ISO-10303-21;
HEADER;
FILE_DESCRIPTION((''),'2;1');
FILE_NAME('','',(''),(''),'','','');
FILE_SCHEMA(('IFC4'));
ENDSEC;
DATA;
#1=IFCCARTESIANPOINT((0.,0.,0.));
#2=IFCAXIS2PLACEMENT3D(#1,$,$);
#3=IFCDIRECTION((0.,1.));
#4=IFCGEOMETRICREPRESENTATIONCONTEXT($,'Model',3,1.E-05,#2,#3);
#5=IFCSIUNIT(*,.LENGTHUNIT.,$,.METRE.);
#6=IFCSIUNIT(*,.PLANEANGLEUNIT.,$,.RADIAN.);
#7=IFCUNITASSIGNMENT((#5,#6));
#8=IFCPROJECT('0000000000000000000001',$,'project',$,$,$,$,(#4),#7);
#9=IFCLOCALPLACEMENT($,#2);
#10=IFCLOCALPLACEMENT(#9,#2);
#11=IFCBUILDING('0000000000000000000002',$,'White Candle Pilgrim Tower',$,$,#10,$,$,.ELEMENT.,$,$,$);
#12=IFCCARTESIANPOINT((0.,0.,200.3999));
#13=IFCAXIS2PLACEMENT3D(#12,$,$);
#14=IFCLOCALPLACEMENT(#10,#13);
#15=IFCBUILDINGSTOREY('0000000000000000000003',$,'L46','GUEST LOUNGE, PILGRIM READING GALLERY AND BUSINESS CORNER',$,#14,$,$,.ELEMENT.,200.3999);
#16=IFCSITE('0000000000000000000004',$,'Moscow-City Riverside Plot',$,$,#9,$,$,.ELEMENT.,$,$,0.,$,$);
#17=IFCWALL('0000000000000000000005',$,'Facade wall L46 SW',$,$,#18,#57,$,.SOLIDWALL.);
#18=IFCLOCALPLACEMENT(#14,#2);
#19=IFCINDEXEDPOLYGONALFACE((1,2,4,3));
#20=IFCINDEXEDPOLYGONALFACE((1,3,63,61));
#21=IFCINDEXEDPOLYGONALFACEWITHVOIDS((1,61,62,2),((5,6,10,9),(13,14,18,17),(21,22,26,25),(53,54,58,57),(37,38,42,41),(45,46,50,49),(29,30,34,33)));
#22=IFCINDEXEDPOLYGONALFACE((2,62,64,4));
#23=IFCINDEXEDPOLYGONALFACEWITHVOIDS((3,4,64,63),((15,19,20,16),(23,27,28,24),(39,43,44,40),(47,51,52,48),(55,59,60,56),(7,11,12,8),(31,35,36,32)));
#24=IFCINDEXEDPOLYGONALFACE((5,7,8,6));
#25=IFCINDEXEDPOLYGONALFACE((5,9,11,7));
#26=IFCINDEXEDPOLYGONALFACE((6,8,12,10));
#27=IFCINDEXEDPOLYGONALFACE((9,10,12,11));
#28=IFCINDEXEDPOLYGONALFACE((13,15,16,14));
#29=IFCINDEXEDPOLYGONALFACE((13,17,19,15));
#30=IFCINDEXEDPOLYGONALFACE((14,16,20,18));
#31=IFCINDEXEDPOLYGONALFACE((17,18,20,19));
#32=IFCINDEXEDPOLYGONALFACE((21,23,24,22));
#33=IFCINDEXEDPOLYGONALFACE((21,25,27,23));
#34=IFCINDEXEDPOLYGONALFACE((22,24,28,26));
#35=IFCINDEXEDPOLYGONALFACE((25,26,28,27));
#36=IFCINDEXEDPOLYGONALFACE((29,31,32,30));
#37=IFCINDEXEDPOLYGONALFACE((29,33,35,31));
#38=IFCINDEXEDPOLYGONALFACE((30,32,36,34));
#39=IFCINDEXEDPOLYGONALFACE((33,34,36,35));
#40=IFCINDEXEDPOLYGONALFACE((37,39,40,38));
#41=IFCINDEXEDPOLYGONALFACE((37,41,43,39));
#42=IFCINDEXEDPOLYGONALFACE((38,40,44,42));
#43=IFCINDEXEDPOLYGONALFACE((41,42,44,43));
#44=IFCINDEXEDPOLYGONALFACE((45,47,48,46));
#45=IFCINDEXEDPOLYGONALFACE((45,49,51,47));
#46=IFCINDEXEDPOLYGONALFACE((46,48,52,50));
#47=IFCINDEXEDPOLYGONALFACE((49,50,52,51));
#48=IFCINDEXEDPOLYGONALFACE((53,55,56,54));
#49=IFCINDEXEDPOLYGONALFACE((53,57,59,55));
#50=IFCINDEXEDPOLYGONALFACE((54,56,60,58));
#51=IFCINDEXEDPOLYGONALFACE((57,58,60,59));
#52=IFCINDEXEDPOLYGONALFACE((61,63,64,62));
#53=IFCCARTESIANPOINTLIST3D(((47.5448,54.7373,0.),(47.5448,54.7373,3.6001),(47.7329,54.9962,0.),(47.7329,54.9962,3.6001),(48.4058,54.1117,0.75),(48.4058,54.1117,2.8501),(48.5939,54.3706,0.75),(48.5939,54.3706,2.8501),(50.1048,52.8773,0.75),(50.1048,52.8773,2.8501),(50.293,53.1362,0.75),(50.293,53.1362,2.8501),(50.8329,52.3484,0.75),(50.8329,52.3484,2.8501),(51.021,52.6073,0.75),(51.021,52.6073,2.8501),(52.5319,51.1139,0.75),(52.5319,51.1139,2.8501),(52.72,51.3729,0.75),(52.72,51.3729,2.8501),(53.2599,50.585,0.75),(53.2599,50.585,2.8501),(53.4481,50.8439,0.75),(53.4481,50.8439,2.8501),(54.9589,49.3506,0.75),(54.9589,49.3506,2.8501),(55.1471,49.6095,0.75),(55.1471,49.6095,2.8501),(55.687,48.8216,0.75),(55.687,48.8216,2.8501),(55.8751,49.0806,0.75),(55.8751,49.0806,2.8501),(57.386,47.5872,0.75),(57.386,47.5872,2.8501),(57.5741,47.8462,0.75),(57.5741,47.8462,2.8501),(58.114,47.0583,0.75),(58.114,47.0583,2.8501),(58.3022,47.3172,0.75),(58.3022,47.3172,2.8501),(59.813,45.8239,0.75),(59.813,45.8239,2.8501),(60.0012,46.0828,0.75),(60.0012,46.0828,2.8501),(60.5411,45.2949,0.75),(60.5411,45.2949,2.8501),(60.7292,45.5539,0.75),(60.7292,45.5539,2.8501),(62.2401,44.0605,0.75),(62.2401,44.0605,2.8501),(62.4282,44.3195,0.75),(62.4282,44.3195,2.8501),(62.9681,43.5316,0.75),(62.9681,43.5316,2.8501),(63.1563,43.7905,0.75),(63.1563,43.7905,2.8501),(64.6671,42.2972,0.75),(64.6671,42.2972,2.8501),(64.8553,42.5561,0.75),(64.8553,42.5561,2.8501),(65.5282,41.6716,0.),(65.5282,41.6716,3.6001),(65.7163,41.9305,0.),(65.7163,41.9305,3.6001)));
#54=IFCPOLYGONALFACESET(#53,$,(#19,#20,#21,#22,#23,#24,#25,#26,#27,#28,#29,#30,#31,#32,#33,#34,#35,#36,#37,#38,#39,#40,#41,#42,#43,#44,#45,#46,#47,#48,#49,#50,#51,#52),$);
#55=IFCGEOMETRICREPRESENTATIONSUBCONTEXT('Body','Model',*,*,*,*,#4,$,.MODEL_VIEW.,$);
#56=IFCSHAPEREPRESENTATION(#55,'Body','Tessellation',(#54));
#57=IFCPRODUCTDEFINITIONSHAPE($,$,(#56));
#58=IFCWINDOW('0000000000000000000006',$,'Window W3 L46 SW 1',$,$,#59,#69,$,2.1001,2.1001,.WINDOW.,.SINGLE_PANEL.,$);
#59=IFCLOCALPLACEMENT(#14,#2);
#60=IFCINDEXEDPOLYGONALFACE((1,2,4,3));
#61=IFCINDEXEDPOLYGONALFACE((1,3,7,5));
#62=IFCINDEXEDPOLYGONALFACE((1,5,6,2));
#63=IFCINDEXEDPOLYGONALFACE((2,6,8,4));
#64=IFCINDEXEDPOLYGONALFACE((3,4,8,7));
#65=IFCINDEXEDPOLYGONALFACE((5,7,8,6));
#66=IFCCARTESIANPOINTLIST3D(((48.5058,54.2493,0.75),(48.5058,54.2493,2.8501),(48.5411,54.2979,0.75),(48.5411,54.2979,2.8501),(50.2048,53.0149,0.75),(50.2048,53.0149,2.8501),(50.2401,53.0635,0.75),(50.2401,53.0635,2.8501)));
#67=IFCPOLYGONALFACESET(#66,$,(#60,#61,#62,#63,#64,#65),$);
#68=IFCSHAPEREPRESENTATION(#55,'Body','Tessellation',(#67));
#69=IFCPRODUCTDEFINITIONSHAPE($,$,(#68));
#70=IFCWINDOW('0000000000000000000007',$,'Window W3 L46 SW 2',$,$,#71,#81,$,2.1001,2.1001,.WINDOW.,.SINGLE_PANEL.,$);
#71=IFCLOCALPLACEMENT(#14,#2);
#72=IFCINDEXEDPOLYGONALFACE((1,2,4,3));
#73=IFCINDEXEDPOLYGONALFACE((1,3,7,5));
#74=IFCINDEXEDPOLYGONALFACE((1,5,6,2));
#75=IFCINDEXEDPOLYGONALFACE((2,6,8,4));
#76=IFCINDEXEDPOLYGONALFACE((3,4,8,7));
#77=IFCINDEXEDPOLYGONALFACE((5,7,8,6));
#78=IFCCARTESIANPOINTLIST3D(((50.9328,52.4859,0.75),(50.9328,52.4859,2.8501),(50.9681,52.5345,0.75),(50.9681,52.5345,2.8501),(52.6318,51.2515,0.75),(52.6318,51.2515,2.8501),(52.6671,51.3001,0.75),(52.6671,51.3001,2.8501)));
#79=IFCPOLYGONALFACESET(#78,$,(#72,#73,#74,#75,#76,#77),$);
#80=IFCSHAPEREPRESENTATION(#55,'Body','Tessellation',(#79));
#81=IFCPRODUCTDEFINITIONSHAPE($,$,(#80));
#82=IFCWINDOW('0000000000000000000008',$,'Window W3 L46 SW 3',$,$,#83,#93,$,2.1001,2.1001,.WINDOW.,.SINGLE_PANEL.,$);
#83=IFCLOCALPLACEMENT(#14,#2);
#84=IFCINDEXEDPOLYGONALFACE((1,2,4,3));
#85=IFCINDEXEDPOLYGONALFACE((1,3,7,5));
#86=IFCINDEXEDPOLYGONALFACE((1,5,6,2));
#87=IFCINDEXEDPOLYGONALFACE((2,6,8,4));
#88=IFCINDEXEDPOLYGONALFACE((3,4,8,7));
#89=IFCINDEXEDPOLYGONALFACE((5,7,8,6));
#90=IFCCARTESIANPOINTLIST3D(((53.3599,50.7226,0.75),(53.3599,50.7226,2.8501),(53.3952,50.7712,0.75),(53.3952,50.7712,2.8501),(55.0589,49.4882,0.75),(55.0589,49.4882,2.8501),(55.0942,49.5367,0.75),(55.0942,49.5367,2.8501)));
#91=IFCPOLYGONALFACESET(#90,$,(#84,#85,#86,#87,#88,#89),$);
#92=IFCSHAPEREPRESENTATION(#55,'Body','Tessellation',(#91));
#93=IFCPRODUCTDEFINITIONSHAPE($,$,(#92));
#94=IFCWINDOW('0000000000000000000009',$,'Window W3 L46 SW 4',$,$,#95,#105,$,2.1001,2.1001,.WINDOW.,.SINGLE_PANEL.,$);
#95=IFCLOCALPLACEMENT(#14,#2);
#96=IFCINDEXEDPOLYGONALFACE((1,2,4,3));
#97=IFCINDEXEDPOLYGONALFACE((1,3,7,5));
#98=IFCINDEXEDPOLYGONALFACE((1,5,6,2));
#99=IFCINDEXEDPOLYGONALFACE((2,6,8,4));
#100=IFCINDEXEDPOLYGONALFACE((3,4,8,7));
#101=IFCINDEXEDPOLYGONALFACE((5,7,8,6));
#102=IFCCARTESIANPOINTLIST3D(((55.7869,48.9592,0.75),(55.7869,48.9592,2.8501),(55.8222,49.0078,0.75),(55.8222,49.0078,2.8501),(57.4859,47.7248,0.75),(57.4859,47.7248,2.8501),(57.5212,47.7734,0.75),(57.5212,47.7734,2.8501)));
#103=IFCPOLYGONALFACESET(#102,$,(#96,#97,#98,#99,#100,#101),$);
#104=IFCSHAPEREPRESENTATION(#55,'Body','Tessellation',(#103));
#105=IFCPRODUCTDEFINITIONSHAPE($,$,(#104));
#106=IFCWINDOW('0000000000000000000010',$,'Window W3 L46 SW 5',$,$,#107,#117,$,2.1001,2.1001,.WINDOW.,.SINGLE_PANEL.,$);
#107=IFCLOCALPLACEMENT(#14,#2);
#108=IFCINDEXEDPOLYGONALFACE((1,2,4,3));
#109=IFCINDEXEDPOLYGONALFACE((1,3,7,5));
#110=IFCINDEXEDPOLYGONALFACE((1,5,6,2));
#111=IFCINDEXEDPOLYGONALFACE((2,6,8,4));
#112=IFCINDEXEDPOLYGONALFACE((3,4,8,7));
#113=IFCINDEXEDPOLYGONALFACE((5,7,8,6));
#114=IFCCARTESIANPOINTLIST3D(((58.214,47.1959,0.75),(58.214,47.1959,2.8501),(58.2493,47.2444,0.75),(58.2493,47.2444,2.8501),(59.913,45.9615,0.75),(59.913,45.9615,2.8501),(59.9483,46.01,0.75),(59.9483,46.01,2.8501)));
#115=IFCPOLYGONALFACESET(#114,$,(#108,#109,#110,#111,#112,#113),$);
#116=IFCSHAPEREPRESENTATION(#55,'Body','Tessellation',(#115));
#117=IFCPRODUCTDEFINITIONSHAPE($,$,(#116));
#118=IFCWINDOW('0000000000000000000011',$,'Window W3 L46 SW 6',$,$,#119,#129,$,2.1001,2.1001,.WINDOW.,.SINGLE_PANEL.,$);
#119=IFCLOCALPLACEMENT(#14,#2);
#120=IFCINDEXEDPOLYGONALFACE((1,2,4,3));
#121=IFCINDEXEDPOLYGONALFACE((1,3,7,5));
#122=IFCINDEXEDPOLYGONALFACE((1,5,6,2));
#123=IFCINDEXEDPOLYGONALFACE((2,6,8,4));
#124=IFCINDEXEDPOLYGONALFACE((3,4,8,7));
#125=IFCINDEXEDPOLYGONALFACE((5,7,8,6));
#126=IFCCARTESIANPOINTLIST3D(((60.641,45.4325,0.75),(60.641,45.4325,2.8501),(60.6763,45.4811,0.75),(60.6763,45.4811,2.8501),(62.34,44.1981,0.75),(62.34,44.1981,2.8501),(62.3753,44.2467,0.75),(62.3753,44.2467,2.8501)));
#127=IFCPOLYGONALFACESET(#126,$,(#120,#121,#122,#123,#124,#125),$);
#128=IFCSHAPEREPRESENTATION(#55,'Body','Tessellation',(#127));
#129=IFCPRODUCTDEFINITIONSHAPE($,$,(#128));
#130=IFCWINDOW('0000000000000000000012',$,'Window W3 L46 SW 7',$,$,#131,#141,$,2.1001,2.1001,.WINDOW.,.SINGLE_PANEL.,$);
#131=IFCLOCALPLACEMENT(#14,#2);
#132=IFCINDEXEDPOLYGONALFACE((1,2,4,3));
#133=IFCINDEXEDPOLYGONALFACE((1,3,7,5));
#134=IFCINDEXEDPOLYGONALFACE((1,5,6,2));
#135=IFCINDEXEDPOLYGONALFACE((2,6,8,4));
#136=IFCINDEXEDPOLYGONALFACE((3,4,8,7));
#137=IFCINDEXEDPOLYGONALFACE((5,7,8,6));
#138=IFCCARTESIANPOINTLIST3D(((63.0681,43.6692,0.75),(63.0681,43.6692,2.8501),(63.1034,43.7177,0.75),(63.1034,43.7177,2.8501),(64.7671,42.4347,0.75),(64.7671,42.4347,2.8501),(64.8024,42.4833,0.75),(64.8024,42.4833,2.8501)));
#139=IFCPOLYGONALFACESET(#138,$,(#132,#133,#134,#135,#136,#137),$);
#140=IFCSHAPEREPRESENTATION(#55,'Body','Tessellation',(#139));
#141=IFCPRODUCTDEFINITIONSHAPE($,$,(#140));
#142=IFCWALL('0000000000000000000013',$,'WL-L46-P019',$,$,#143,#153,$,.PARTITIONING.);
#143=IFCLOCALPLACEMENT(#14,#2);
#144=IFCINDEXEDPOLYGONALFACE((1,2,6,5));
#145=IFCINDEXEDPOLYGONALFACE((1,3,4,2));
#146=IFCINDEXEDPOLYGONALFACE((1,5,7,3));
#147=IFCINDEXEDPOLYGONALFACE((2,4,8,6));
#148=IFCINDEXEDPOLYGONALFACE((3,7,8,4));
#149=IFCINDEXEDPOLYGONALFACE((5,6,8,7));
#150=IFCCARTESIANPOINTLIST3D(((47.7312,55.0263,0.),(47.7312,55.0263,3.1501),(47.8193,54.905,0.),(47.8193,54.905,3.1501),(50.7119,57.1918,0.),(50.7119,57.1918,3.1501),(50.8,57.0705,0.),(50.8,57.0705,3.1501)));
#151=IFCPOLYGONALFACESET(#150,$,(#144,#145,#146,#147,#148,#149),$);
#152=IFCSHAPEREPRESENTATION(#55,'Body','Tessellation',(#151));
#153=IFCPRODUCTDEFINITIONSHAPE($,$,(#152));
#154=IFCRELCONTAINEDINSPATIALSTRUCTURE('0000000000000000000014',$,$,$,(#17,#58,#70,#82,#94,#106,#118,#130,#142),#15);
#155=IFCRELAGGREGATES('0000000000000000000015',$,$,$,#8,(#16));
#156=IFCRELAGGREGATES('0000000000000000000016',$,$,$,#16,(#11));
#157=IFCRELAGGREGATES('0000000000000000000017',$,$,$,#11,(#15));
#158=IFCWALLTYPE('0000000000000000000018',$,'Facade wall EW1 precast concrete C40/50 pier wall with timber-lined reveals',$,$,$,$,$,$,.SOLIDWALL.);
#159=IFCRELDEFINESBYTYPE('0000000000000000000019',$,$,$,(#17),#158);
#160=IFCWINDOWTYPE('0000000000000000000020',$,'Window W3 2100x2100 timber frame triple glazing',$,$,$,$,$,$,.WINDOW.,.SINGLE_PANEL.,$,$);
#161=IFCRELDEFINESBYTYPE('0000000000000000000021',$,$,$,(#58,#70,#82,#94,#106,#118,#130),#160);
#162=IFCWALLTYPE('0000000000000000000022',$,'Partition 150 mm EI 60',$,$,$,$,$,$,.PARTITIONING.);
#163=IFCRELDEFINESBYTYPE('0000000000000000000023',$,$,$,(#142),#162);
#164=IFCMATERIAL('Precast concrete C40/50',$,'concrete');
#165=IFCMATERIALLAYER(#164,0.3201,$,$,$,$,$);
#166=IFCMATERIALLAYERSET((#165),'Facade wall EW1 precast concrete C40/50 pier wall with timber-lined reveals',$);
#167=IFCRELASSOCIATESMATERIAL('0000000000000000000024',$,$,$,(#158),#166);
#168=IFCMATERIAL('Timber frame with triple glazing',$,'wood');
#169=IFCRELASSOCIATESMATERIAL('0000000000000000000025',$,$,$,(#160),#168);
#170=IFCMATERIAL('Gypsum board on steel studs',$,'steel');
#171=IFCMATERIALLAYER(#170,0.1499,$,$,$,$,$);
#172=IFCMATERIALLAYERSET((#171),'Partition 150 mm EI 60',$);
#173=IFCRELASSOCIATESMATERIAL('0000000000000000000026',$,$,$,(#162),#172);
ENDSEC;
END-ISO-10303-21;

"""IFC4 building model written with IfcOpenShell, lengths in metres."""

from ifc_helpers import new_model, si_unit, direction, frame, frame_2d, origin, place, context, subcontext, project, spatial, rectangle, extrude, material, layer, layer_set, type_object, element, fill, save


model = new_model("IFC4")

# Units and contexts
model_context = context("Model", 3, precision=1e-05, world=origin(), true_north=direction((0.0, 1.0)))
body_context = subcontext(model_context, "Body", "Model", "MODEL_VIEW")
ifc_project = project(units=[si_unit("LENGTHUNIT", "METRE"), si_unit("PLANEANGLEUNIT", "RADIAN")], contexts=[model_context])

# Site, building, storey
site_placement = place(None, origin())
site = spatial("IfcSite", under=ifc_project, at=site_placement, Name="Moscow-City Riverside Plot", CompositionType="ELEMENT", RefElevation=0.0)
building_placement = place(site_placement, origin())
building = spatial("IfcBuilding", under=site, at=building_placement, Name="White Candle Pilgrim Tower", CompositionType="ELEMENT")
storey_placement = place(building_placement, frame((0.0, 0.0, 200.3999)))
storey = spatial("IfcBuildingStorey", under=building, at=storey_placement, Name="L46", Description="GUEST LOUNGE, PILGRIM READING GALLERY AND BUSINESS CORNER", CompositionType="ELEMENT", Elevation=200.3999)

# Shared definitions
ifc_material_1 = material(Name="Gypsum board on steel studs", Category="steel")

# Wall, openings, windows
ifc_material_2 = material(Name="Precast concrete C40/50", Category="concrete")
ifc_layer_1 = layer(ifc_material_2, 0.3201)
ifc_layer_set_1 = layer_set([ifc_layer_1], Name="Facade wall EW1 precast concrete C40/50 pier wall with timber-lined reveals")
wall_type_1 = type_object("IfcWallType", Name="Facade wall EW1 precast concrete C40/50 pier wall with timber-lined reveals", PredefinedType="SOLIDWALL", material=ifc_layer_set_1)
wall_1_placement = place(storey_placement, frame((47.6389, 54.8667, 0.0), z_axis=(0.0, 0.0, 1.0), x_axis=(0.809018, -0.587784, 0.0)))
wall_1 = element("IfcWall", 1, at=wall_1_placement, inside=storey, type_object=wall_type_1, Name="Facade wall L46 SW", PredefinedType="SOLIDWALL", context=body_context, shape_type="SweptSolid", body=[
    extrude(rectangle(XDim=22.2288, YDim=0.3201, at=frame_2d((11.1143, 0.0))), origin(), (0.0, 0.0, 1.0), 3.6001),
])
opening_1_placement = place(wall_1_placement, frame((1.0642, 0.0, 0.75)))
opening_1 = element("IfcOpeningElement", 2, at=opening_1_placement, cuts=wall_1, PredefinedType="OPENING", context=body_context, shape_type="SweptSolid", body=[
    extrude(rectangle(XDim=2.1001, YDim=2.1001, at=frame_2d((1.05, 1.05))), frame((0.0, 0.1699, 0.0), z_axis=(0.0, -1.0, 0.0), x_axis=(1.0, 0.0, 0.0)), (0.0, 0.0, 1.0), 0.3401),
])
opening_2_placement = place(wall_1_placement, frame((4.0642, 0.0, 0.75)))
opening_2 = element("IfcOpeningElement", 3, at=opening_2_placement, cuts=wall_1, PredefinedType="OPENING", context=body_context, shape_type="SweptSolid", body=[
    extrude(rectangle(XDim=2.1001, YDim=2.1001, at=frame_2d((1.05, 1.05))), frame((0.0, 0.1699, 0.0), z_axis=(0.0, -1.0, 0.0), x_axis=(1.0, 0.0, 0.0)), (0.0, 0.0, 1.0), 0.3401),
])
opening_3_placement = place(wall_1_placement, frame((7.0642, 0.0, 0.75)))
opening_3 = element("IfcOpeningElement", 4, at=opening_3_placement, cuts=wall_1, PredefinedType="OPENING", context=body_context, shape_type="SweptSolid", body=[
    extrude(rectangle(XDim=2.1001, YDim=2.1001, at=frame_2d((1.05, 1.05))), frame((0.0, 0.1699, 0.0), z_axis=(0.0, -1.0, 0.0), x_axis=(1.0, 0.0, 0.0)), (0.0, 0.0, 1.0), 0.3401),
])
opening_4_placement = place(wall_1_placement, frame((10.0642, 0.0, 0.75)))
opening_4 = element("IfcOpeningElement", 5, at=opening_4_placement, cuts=wall_1, PredefinedType="OPENING", context=body_context, shape_type="SweptSolid", body=[
    extrude(rectangle(XDim=2.1001, YDim=2.1001, at=frame_2d((1.05, 1.05))), frame((0.0, 0.1699, 0.0), z_axis=(0.0, -1.0, 0.0), x_axis=(1.0, 0.0, 0.0)), (0.0, 0.0, 1.0), 0.3401),
])
opening_5_placement = place(wall_1_placement, frame((13.0642, 0.0, 0.75)))
opening_5 = element("IfcOpeningElement", 6, at=opening_5_placement, cuts=wall_1, PredefinedType="OPENING", context=body_context, shape_type="SweptSolid", body=[
    extrude(rectangle(XDim=2.1001, YDim=2.1001, at=frame_2d((1.05, 1.05))), frame((0.0, 0.1699, 0.0), z_axis=(0.0, -1.0, 0.0), x_axis=(1.0, 0.0, 0.0)), (0.0, 0.0, 1.0), 0.3401),
])
opening_6_placement = place(wall_1_placement, frame((16.0642, 0.0, 0.75)))
opening_6 = element("IfcOpeningElement", 7, at=opening_6_placement, cuts=wall_1, PredefinedType="OPENING", context=body_context, shape_type="SweptSolid", body=[
    extrude(rectangle(XDim=2.1001, YDim=2.1001, at=frame_2d((1.05, 1.05))), frame((0.0, 0.1699, 0.0), z_axis=(0.0, -1.0, 0.0), x_axis=(1.0, 0.0, 0.0)), (0.0, 0.0, 1.0), 0.3401),
])
opening_7_placement = place(wall_1_placement, frame((19.0642, 0.0, 0.75)))
opening_7 = element("IfcOpeningElement", 8, at=opening_7_placement, cuts=wall_1, PredefinedType="OPENING", context=body_context, shape_type="SweptSolid", body=[
    extrude(rectangle(XDim=2.1001, YDim=2.1001, at=frame_2d((1.05, 1.05))), frame((0.0, 0.1699, 0.0), z_axis=(0.0, -1.0, 0.0), x_axis=(1.0, 0.0, 0.0)), (0.0, 0.0, 1.0), 0.3401),
])
ifc_material_3 = material(Name="Timber frame with triple glazing", Category="wood")
window_type = type_object("IfcWindowType", Name="Window W3 2100x2100 timber frame triple glazing", PartitioningType="SINGLE_PANEL", PredefinedType="WINDOW", material=ifc_material_3)
window_1_placement = place(opening_1_placement, origin())
window_1 = element("IfcWindow", 9, at=window_1_placement, inside=storey, type_object=window_type, Name="Window W3 L46 SW 1", OverallHeight=2.1001, OverallWidth=2.1001, PartitioningType="SINGLE_PANEL", PredefinedType="WINDOW", context=body_context, shape_type="SweptSolid", body=[
    extrude(rectangle(XDim=2.1001, YDim=2.1001, at=frame_2d((1.05, 1.05))), frame((0.0, 0.0701, 0.0), z_axis=(0.0, -1.0, 0.0), x_axis=(1.0, 0.0, 0.0)), (0.0, 0.0, 1.0), 0.0601),
])
fill(opening_1, window_1)
window_2_placement = place(opening_2_placement, origin())
window_2 = element("IfcWindow", 10, at=window_2_placement, inside=storey, type_object=window_type, Name="Window W3 L46 SW 2", OverallHeight=2.1001, OverallWidth=2.1001, PartitioningType="SINGLE_PANEL", PredefinedType="WINDOW", context=body_context, shape_type="SweptSolid", body=[
    extrude(rectangle(XDim=2.1001, YDim=2.1001, at=frame_2d((1.05, 1.05))), frame((0.0, 0.0701, 0.0), z_axis=(0.0, -1.0, 0.0), x_axis=(1.0, 0.0, 0.0)), (0.0, 0.0, 1.0), 0.0601),
])
fill(opening_2, window_2)
window_3_placement = place(opening_3_placement, origin())
window_3 = element("IfcWindow", 11, at=window_3_placement, inside=storey, type_object=window_type, Name="Window W3 L46 SW 3", OverallHeight=2.1001, OverallWidth=2.1001, PartitioningType="SINGLE_PANEL", PredefinedType="WINDOW", context=body_context, shape_type="SweptSolid", body=[
    extrude(rectangle(XDim=2.1001, YDim=2.1001, at=frame_2d((1.05, 1.05))), frame((0.0, 0.0701, 0.0), z_axis=(0.0, -1.0, 0.0), x_axis=(1.0, 0.0, 0.0)), (0.0, 0.0, 1.0), 0.0601),
])
fill(opening_3, window_3)
window_4_placement = place(opening_4_placement, origin())
window_4 = element("IfcWindow", 12, at=window_4_placement, inside=storey, type_object=window_type, Name="Window W3 L46 SW 4", OverallHeight=2.1001, OverallWidth=2.1001, PartitioningType="SINGLE_PANEL", PredefinedType="WINDOW", context=body_context, shape_type="SweptSolid", body=[
    extrude(rectangle(XDim=2.1001, YDim=2.1001, at=frame_2d((1.05, 1.05))), frame((0.0, 0.0701, 0.0), z_axis=(0.0, -1.0, 0.0), x_axis=(1.0, 0.0, 0.0)), (0.0, 0.0, 1.0), 0.0601),
])
fill(opening_4, window_4)
window_5_placement = place(opening_5_placement, origin())
window_5 = element("IfcWindow", 13, at=window_5_placement, inside=storey, type_object=window_type, Name="Window W3 L46 SW 5", OverallHeight=2.1001, OverallWidth=2.1001, PartitioningType="SINGLE_PANEL", PredefinedType="WINDOW", context=body_context, shape_type="SweptSolid", body=[
    extrude(rectangle(XDim=2.1001, YDim=2.1001, at=frame_2d((1.05, 1.05))), frame((0.0, 0.0701, 0.0), z_axis=(0.0, -1.0, 0.0), x_axis=(1.0, 0.0, 0.0)), (0.0, 0.0, 1.0), 0.0601),
])
fill(opening_5, window_5)
window_6_placement = place(opening_6_placement, origin())
window_6 = element("IfcWindow", 14, at=window_6_placement, inside=storey, type_object=window_type, Name="Window W3 L46 SW 6", OverallHeight=2.1001, OverallWidth=2.1001, PartitioningType="SINGLE_PANEL", PredefinedType="WINDOW", context=body_context, shape_type="SweptSolid", body=[
    extrude(rectangle(XDim=2.1001, YDim=2.1001, at=frame_2d((1.05, 1.05))), frame((0.0, 0.0701, 0.0), z_axis=(0.0, -1.0, 0.0), x_axis=(1.0, 0.0, 0.0)), (0.0, 0.0, 1.0), 0.0601),
])
fill(opening_6, window_6)
window_7_placement = place(opening_7_placement, origin())
window_7 = element("IfcWindow", 15, at=window_7_placement, inside=storey, type_object=window_type, Name="Window W3 L46 SW 7", OverallHeight=2.1001, OverallWidth=2.1001, PartitioningType="SINGLE_PANEL", PredefinedType="WINDOW", context=body_context, shape_type="SweptSolid", body=[
    extrude(rectangle(XDim=2.1001, YDim=2.1001, at=frame_2d((1.05, 1.05))), frame((0.0, 0.0701, 0.0), z_axis=(0.0, -1.0, 0.0), x_axis=(1.0, 0.0, 0.0)), (0.0, 0.0, 1.0), 0.0601),
])
fill(opening_7, window_7)

# Wall
ifc_layer_2 = layer(ifc_material_1, 0.1499)
ifc_layer_set_2 = layer_set([ifc_layer_2], Name="Partition 150 mm EI 60")
wall_type_2 = type_object("IfcWallType", Name="Partition 150 mm EI 60", PredefinedType="PARTITIONING", material=ifc_layer_set_2)
wall_2_placement = place(storey_placement, frame((47.7751, 54.9656, 0.0), z_axis=(0.0, 0.0, 1.0), x_axis=(0.809028, 0.58777, 0.0)))
element("IfcWall", 16, at=wall_2_placement, inside=storey, type_object=wall_type_2, Name="WL-L46-P019", PredefinedType="PARTITIONING", context=body_context, shape_type="SweptSolid", body=[
    extrude(rectangle(XDim=3.6843, YDim=0.1499, at=frame_2d((1.8423, 0.0))), origin(), (0.0, 0.0, 1.0), 3.1501),
])

save(model, "model.ifc")
